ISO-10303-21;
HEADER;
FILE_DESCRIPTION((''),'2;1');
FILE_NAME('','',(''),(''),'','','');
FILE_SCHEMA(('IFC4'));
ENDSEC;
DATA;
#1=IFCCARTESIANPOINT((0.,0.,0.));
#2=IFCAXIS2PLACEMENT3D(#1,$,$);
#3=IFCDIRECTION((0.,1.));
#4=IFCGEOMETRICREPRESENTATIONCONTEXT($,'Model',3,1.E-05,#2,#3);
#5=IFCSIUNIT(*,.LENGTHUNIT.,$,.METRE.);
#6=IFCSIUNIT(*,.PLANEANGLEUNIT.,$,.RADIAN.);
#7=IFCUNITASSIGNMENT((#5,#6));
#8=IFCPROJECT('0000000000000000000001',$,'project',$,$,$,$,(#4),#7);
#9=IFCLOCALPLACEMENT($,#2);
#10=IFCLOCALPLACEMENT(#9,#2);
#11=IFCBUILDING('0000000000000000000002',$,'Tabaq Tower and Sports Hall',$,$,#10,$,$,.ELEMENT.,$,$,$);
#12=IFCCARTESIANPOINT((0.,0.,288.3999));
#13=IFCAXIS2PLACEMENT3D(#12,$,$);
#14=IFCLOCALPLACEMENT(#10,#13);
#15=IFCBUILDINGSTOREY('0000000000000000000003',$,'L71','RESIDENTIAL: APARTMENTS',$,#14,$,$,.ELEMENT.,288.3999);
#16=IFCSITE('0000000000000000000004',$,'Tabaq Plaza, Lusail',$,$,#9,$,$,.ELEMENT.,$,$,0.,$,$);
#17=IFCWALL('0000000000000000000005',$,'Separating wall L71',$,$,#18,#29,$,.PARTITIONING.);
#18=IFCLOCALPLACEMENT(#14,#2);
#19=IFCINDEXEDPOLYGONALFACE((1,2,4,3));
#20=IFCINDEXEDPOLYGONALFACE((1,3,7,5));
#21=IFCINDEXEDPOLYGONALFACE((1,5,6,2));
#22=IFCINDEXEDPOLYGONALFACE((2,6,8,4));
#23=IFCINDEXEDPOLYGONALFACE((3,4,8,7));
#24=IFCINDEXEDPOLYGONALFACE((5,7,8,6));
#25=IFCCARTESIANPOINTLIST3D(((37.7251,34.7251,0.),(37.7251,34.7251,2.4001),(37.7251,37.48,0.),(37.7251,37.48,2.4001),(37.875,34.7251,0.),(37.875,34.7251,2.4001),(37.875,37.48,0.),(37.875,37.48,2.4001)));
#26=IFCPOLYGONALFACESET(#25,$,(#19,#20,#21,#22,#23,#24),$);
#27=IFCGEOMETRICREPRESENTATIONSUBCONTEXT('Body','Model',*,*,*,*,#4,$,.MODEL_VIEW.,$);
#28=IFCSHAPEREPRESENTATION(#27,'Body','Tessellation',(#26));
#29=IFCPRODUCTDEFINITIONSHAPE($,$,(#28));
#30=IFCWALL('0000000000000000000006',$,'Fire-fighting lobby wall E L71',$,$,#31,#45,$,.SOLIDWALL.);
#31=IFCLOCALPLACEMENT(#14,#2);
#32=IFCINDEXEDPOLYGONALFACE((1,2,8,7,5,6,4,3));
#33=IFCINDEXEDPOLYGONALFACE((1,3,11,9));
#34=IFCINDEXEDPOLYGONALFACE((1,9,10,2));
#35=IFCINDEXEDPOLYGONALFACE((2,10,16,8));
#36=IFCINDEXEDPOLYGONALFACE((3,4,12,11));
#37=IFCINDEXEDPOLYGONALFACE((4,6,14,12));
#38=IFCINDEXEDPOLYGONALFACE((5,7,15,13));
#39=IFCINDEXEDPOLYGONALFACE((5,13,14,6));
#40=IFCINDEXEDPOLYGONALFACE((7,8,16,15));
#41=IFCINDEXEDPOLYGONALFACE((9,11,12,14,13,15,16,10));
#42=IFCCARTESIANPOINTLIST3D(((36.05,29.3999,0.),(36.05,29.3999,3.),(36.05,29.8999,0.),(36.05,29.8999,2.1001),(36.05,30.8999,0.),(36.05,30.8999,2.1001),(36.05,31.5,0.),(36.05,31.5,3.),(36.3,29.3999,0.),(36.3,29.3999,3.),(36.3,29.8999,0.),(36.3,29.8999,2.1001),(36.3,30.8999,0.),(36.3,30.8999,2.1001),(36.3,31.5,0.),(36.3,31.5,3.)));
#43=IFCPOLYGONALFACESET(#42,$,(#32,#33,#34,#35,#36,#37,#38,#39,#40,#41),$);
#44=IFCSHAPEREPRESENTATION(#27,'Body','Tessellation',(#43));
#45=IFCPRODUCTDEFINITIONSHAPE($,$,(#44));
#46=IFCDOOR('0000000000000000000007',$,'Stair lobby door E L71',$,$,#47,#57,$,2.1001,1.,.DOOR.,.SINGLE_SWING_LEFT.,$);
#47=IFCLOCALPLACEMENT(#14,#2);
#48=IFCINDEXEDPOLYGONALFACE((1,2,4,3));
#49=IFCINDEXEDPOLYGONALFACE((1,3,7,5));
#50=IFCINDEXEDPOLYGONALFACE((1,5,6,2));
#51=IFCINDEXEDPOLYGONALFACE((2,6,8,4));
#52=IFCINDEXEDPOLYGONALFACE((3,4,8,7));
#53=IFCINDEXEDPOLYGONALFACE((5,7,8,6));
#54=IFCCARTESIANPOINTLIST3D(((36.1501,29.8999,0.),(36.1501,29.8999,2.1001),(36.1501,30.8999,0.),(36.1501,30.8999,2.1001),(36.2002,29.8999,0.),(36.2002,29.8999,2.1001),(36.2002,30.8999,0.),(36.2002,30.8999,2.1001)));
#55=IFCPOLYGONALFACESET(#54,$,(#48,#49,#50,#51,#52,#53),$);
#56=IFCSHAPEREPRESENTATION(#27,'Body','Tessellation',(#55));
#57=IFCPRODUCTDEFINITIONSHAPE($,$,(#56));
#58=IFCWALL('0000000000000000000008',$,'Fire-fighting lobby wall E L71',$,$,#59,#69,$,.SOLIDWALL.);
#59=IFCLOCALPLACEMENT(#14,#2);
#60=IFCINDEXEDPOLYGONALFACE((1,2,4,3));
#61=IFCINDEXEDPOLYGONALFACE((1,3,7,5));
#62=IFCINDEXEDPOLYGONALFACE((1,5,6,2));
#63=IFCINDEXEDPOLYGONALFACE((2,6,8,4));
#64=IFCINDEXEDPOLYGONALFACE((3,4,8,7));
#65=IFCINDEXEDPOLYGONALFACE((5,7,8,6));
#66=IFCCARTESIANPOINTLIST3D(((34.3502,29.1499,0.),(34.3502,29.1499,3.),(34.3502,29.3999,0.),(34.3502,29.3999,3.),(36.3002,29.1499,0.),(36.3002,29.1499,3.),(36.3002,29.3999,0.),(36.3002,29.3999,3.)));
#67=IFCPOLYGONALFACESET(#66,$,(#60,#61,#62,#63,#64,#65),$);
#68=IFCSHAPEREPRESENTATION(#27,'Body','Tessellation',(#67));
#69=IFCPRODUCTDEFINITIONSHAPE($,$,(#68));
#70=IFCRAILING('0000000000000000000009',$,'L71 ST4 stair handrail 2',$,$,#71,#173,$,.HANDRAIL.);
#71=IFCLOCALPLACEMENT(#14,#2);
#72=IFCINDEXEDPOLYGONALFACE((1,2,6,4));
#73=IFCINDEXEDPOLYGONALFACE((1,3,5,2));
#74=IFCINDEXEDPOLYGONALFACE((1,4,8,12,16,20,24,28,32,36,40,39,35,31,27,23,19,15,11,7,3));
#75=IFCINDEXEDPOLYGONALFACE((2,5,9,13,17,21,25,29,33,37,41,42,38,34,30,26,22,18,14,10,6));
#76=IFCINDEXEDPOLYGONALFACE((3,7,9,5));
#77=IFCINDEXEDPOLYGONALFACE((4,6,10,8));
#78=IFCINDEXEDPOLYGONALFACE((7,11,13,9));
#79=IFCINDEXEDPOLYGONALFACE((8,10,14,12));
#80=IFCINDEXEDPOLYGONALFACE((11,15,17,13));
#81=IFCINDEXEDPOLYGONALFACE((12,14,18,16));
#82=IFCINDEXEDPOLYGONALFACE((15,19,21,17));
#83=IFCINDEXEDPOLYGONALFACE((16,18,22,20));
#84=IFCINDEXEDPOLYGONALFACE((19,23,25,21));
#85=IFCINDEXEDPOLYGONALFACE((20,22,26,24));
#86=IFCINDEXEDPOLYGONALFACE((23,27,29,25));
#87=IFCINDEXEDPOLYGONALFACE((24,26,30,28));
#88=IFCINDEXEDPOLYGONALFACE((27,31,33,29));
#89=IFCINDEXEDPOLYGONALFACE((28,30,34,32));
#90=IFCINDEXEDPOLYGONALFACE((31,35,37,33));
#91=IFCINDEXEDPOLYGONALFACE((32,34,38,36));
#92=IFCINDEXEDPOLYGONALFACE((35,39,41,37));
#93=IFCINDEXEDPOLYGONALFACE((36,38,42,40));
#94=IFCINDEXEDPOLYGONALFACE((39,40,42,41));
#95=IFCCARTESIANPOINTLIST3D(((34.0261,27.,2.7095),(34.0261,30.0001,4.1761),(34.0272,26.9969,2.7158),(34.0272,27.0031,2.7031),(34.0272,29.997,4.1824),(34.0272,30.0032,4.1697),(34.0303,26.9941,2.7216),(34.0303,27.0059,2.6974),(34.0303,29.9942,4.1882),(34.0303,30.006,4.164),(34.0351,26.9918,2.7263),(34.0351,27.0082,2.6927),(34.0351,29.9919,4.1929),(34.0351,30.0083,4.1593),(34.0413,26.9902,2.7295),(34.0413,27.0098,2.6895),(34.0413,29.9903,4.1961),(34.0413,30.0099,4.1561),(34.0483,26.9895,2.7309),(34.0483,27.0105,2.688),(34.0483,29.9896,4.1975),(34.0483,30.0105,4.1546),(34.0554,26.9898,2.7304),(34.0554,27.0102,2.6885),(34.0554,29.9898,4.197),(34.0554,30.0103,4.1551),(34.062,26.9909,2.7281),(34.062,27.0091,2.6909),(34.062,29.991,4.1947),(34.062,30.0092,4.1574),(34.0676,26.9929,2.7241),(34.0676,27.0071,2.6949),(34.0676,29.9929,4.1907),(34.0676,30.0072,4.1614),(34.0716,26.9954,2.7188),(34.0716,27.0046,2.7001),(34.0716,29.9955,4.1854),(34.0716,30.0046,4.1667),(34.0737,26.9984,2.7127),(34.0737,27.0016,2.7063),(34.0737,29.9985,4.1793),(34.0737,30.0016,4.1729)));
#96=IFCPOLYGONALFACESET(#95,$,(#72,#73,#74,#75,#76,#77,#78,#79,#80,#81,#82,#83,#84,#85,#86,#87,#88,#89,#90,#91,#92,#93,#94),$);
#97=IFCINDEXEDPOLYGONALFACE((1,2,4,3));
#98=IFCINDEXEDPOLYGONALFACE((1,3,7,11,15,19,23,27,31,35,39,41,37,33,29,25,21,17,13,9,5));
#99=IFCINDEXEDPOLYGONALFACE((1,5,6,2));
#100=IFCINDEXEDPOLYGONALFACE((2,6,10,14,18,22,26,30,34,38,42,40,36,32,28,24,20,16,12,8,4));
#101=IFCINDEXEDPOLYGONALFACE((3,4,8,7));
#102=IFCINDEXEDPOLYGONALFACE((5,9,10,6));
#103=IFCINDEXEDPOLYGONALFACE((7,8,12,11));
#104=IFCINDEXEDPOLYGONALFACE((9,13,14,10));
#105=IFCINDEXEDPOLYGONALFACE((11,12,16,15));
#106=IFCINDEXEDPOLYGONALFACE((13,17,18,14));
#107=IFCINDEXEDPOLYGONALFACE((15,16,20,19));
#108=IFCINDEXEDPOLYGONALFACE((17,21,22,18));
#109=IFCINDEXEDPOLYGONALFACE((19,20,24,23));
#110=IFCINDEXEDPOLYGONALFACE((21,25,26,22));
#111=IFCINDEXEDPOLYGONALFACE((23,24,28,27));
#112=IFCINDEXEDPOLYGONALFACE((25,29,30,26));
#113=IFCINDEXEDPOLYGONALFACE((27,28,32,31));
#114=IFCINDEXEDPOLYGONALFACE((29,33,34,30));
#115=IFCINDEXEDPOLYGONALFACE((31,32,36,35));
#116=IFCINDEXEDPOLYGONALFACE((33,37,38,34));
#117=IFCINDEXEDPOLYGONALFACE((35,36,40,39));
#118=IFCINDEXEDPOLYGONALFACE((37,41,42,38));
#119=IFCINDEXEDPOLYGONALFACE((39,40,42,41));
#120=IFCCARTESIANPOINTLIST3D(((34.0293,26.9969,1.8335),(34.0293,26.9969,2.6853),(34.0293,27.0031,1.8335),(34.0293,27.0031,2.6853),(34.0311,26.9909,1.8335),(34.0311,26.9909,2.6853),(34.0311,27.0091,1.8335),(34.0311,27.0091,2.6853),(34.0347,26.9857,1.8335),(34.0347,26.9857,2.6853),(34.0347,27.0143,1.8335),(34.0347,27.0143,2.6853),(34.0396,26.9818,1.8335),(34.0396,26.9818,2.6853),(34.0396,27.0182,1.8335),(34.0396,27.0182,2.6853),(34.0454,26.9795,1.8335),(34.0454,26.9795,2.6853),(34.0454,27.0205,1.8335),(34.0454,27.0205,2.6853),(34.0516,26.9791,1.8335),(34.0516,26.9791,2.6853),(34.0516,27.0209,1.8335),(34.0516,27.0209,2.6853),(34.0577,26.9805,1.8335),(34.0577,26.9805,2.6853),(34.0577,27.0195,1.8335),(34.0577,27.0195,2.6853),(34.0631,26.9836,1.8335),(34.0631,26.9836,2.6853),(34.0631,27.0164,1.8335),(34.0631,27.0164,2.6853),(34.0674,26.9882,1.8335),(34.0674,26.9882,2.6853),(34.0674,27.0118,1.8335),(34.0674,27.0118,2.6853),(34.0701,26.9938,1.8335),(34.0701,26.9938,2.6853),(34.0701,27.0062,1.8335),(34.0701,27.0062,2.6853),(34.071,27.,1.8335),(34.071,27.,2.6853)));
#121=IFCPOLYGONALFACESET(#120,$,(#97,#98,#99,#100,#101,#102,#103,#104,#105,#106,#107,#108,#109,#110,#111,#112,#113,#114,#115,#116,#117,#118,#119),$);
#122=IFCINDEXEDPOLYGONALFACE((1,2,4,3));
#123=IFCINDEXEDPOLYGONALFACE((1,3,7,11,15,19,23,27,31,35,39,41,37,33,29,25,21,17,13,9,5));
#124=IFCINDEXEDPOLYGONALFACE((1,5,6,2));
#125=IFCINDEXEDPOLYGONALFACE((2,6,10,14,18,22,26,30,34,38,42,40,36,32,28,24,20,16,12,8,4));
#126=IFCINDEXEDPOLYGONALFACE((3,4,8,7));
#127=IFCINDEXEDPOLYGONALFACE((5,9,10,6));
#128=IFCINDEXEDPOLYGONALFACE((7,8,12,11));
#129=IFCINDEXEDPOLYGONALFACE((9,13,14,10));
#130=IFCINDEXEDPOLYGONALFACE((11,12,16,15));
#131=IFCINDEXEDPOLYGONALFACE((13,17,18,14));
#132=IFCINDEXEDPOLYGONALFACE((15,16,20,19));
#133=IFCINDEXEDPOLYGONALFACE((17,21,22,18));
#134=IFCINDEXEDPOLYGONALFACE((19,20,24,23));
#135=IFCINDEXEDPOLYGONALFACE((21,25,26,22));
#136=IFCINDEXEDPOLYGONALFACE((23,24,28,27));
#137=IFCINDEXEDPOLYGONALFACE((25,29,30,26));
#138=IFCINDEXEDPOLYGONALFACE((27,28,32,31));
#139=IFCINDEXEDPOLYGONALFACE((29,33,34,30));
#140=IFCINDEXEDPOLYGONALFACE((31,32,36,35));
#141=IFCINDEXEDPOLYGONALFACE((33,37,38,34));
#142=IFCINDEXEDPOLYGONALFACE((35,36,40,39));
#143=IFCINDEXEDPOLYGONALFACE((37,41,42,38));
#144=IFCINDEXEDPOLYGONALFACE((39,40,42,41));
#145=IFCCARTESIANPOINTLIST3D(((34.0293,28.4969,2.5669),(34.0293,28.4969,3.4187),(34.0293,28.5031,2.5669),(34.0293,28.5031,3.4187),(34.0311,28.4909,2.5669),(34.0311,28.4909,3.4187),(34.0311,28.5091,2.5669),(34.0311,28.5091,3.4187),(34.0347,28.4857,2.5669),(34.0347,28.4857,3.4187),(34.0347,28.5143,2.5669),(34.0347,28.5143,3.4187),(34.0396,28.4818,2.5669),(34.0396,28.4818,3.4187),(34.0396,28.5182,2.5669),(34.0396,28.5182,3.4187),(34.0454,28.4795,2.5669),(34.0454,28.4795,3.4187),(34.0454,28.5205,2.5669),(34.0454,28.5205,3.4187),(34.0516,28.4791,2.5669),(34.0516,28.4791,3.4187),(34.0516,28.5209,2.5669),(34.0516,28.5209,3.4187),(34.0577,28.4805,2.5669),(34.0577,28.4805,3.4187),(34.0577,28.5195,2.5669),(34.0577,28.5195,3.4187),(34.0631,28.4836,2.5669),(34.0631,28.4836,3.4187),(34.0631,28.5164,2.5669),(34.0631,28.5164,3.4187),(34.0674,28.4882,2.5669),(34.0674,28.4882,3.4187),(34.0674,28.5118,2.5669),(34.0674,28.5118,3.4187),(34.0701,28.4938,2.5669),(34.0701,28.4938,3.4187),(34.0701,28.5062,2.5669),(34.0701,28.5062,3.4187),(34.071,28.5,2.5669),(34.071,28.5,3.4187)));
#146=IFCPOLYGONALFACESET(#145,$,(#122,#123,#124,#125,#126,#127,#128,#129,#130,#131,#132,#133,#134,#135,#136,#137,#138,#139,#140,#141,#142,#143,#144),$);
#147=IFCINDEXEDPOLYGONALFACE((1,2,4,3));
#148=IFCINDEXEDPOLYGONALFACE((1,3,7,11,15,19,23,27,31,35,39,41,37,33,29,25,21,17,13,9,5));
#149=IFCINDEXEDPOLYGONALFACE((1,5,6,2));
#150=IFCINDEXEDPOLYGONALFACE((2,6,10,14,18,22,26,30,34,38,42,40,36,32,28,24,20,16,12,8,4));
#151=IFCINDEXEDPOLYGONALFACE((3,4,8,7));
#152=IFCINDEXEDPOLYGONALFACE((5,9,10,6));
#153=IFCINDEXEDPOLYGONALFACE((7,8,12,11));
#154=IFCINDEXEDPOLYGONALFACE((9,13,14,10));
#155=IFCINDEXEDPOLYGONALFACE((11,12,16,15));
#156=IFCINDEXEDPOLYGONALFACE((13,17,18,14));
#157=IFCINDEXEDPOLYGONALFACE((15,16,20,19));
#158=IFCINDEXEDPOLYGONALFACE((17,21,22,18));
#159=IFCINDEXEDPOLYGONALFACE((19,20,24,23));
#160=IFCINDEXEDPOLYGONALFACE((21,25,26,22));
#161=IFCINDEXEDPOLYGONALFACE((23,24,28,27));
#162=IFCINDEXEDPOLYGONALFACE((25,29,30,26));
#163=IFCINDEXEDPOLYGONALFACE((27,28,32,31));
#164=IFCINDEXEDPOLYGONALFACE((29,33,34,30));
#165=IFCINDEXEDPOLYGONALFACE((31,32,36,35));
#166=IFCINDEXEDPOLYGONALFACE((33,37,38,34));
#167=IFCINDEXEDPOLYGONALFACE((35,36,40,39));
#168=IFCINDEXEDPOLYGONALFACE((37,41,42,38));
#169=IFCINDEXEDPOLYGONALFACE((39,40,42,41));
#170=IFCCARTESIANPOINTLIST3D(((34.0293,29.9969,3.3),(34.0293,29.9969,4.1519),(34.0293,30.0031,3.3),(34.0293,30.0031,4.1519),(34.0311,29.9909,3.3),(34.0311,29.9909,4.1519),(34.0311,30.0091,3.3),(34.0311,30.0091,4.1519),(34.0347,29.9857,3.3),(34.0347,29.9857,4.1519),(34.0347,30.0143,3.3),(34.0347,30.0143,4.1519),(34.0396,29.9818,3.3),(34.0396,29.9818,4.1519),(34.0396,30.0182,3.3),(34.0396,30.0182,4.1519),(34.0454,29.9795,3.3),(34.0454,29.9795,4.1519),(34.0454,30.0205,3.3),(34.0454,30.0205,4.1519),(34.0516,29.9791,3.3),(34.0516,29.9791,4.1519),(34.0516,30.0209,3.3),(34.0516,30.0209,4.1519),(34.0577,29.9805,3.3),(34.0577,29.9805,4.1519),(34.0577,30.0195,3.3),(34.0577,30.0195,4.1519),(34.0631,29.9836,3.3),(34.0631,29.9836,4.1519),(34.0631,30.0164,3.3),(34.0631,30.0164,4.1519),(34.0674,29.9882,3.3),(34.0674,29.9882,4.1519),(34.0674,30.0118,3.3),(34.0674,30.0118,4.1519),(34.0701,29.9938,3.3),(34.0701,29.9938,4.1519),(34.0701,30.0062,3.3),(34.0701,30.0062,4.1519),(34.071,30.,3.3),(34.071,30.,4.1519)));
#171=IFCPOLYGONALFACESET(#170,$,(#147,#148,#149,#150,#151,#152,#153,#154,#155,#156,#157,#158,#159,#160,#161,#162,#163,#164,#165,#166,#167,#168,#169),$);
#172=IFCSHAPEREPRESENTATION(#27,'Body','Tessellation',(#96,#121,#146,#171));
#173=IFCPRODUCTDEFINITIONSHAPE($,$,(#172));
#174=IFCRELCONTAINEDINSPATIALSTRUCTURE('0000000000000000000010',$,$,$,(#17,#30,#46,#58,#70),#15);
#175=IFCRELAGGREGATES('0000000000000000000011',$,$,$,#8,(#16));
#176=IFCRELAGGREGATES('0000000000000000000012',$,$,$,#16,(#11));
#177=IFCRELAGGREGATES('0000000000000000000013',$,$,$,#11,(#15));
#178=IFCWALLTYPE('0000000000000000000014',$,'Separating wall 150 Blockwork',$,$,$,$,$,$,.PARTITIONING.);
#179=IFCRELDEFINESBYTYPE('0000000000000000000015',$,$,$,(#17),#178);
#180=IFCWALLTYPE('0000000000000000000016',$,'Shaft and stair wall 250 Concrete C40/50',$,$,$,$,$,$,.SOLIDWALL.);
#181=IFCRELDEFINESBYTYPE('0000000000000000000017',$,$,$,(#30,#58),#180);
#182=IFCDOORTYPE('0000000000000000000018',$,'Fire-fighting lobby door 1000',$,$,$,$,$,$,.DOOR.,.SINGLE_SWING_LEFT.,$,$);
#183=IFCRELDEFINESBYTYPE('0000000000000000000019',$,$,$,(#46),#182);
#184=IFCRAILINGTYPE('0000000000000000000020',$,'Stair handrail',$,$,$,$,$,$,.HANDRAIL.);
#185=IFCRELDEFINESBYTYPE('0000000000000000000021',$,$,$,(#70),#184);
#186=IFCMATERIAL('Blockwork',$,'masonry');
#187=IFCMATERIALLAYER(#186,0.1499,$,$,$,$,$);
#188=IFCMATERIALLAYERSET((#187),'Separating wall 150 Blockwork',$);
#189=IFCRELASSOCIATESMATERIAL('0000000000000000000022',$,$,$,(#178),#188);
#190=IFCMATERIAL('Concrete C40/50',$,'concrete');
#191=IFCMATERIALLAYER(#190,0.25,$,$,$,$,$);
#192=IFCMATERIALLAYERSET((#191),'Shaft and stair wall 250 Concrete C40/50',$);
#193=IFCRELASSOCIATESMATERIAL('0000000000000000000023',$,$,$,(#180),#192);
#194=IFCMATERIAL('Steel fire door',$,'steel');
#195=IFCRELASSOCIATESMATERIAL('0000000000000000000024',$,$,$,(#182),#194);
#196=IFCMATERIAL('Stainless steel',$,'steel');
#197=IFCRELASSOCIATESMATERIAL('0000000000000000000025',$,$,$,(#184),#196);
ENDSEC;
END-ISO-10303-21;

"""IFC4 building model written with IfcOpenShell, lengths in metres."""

from ifc_helpers import new_model, si_unit, direction, frame, frame_2d, origin, origin_2d, place, context, subcontext, project, spatial, rectangle, circle, extrude, material, layer, layer_set, type_object, element, fill, save


model = new_model("IFC4")

# Units and contexts
model_context = context("Model", 3, precision=1e-05, world=origin(), true_north=direction((0.0, 1.0)))
body_context = subcontext(model_context, "Body", "Model", "MODEL_VIEW")
ifc_project = project(units=[si_unit("LENGTHUNIT", "METRE"), si_unit("PLANEANGLEUNIT", "RADIAN")], contexts=[model_context])

# Site, building, storey
site_placement = place(None, origin())
site = spatial("IfcSite", under=ifc_project, at=site_placement, Name="Tabaq Plaza, Lusail", CompositionType="ELEMENT", RefElevation=0.0)
building_placement = place(site_placement, origin())
building = spatial("IfcBuilding", under=site, at=building_placement, Name="Tabaq Tower and Sports Hall", CompositionType="ELEMENT")
storey_placement = place(building_placement, frame((0.0, 0.0, 288.3999)))
storey = spatial("IfcBuildingStorey", under=building, at=storey_placement, Name="L71", Description="RESIDENTIAL: APARTMENTS", CompositionType="ELEMENT", Elevation=288.3999)

# Wall
ifc_material_1 = material(Name="Blockwork", Category="masonry")
ifc_layer_1 = layer(ifc_material_1, 0.1499)
ifc_layer_set_1 = layer_set([ifc_layer_1], Name="Separating wall 150 Blockwork")
wall_type_1 = type_object("IfcWallType", Name="Separating wall 150 Blockwork", PredefinedType="PARTITIONING", material=ifc_layer_set_1)
wall_1_placement = place(storey_placement, frame((37.8, 34.7251, 0.0), z_axis=(0.0, 0.0, 1.0), x_axis=(0.0, 1.0, 0.0)))
element("IfcWall", 1, at=wall_1_placement, inside=storey, type_object=wall_type_1, Name="Separating wall L71", PredefinedType="PARTITIONING", context=body_context, shape_type="SweptSolid", body=[
    extrude(rectangle(XDim=2.7549, YDim=0.1499, at=frame_2d((1.3774, 0.0))), origin(), (0.0, 0.0, 1.0), 2.4001),
])

# Wall, opening, door
ifc_material_2 = material(Name="Concrete C40/50", Category="concrete")
ifc_layer_2 = layer(ifc_material_2, 0.25)
ifc_layer_set_2 = layer_set([ifc_layer_2], Name="Shaft and stair wall 250 Concrete C40/50")
wall_type_2 = type_object("IfcWallType", Name="Shaft and stair wall 250 Concrete C40/50", PredefinedType="SOLIDWALL", material=ifc_layer_set_2)
wall_2_placement = place(storey_placement, frame((36.175, 29.3999, 0.0), z_axis=(0.0, 0.0, 1.0), x_axis=(0.0, 1.0, 0.0)))
wall_2 = element("IfcWall", 2, at=wall_2_placement, inside=storey, type_object=wall_type_2, Name="Fire-fighting lobby wall E L71", PredefinedType="SOLIDWALL", context=body_context, shape_type="SweptSolid", body=[
    extrude(rectangle(XDim=2.1001, YDim=0.25, at=frame_2d((1.05, 0.0))), origin(), (0.0, 0.0, 1.0), 3.0),
])
opening_1_placement = place(wall_2_placement, frame((0.5, 0.0, 0.0)))
opening_1 = element("IfcOpeningElement", 3, at=opening_1_placement, cuts=wall_2, PredefinedType="OPENING", context=body_context, shape_type="SweptSolid", body=[
    extrude(rectangle(XDim=1.0, YDim=2.1001, at=frame_2d((0.5, 1.05))), frame((0.0, 0.125, 0.0), z_axis=(0.0, -1.0, 0.0), x_axis=(1.0, 0.0, 0.0)), (0.0, 0.0, 1.0), 0.25),
])
ifc_material_3 = material(Name="Steel fire door", Category="steel")
door_type_1 = type_object("IfcDoorType", Name="Fire-fighting lobby door 1000", OperationType="SINGLE_SWING_LEFT", PredefinedType="DOOR", material=ifc_material_3)
door_1_placement = place(opening_1_placement, origin())
door_1 = element("IfcDoor", 4, at=door_1_placement, inside=storey, type_object=door_type_1, Name="Stair lobby door E L71", OperationType="SINGLE_SWING_LEFT", OverallHeight=2.1001, OverallWidth=1.0, PredefinedType="DOOR", context=body_context, shape_type="SweptSolid", body=[
    extrude(rectangle(XDim=1.0, YDim=2.1001, at=frame_2d((0.5, 1.05))), frame((0.0, 0.0249, 0.0), z_axis=(0.0, -1.0, 0.0), x_axis=(1.0, 0.0, 0.0)), (0.0, 0.0, 1.0), 0.05),
])
fill(opening_1, door_1)

# Wall
wall_3_placement = place(storey_placement, frame((34.3501, 29.2749, 0.0), z_axis=(0.0, 0.0, 1.0), x_axis=(1.0, 0.0, 0.0)))
element("IfcWall", 5, at=wall_3_placement, inside=storey, type_object=wall_type_2, Name="Fire-fighting lobby wall E L71", PredefinedType="SOLIDWALL", context=body_context, shape_type="SweptSolid", body=[
    extrude(rectangle(XDim=1.95, YDim=0.25, at=frame_2d((0.9751, 0.0))), origin(), (0.0, 0.0, 1.0), 3.0),
])

# Railing
ifc_material_4 = material(Name="Stainless steel", Category="steel")
railing_type = type_object("IfcRailingType", Name="Stair handrail", PredefinedType="HANDRAIL", material=ifc_material_4)
railing_placement = place(storey_placement, frame((34.05, 27.0, 1.8335)))
element("IfcRailing", 6, at=railing_placement, inside=storey, type_object=railing_type, Name="L71 ST4 stair handrail 2", PredefinedType="HANDRAIL", context=body_context, shape_type="SweptSolid", body=[
    extrude(circle(Radius=0.0239, at=origin_2d()), frame((0.0, 0.0, 0.876), z_axis=(0.0, 0.898398, 0.439183), x_axis=(-1.0, 0.0, 0.0)), (0.0, 0.0, 1.0), 3.3394),
    extrude(circle(Radius=0.021, at=origin_2d()), origin(), (0.0, 0.0, 1.0), 0.8518),
    extrude(circle(Radius=0.021, at=origin_2d()), frame((0.0, 1.5, 0.7334)), (0.0, 0.0, 1.0), 0.8518),
    extrude(circle(Radius=0.021, at=origin_2d()), frame((0.0, 3.0, 1.4666)), (0.0, 0.0, 1.0), 0.8518),
])

save(model, "model.ifc")
